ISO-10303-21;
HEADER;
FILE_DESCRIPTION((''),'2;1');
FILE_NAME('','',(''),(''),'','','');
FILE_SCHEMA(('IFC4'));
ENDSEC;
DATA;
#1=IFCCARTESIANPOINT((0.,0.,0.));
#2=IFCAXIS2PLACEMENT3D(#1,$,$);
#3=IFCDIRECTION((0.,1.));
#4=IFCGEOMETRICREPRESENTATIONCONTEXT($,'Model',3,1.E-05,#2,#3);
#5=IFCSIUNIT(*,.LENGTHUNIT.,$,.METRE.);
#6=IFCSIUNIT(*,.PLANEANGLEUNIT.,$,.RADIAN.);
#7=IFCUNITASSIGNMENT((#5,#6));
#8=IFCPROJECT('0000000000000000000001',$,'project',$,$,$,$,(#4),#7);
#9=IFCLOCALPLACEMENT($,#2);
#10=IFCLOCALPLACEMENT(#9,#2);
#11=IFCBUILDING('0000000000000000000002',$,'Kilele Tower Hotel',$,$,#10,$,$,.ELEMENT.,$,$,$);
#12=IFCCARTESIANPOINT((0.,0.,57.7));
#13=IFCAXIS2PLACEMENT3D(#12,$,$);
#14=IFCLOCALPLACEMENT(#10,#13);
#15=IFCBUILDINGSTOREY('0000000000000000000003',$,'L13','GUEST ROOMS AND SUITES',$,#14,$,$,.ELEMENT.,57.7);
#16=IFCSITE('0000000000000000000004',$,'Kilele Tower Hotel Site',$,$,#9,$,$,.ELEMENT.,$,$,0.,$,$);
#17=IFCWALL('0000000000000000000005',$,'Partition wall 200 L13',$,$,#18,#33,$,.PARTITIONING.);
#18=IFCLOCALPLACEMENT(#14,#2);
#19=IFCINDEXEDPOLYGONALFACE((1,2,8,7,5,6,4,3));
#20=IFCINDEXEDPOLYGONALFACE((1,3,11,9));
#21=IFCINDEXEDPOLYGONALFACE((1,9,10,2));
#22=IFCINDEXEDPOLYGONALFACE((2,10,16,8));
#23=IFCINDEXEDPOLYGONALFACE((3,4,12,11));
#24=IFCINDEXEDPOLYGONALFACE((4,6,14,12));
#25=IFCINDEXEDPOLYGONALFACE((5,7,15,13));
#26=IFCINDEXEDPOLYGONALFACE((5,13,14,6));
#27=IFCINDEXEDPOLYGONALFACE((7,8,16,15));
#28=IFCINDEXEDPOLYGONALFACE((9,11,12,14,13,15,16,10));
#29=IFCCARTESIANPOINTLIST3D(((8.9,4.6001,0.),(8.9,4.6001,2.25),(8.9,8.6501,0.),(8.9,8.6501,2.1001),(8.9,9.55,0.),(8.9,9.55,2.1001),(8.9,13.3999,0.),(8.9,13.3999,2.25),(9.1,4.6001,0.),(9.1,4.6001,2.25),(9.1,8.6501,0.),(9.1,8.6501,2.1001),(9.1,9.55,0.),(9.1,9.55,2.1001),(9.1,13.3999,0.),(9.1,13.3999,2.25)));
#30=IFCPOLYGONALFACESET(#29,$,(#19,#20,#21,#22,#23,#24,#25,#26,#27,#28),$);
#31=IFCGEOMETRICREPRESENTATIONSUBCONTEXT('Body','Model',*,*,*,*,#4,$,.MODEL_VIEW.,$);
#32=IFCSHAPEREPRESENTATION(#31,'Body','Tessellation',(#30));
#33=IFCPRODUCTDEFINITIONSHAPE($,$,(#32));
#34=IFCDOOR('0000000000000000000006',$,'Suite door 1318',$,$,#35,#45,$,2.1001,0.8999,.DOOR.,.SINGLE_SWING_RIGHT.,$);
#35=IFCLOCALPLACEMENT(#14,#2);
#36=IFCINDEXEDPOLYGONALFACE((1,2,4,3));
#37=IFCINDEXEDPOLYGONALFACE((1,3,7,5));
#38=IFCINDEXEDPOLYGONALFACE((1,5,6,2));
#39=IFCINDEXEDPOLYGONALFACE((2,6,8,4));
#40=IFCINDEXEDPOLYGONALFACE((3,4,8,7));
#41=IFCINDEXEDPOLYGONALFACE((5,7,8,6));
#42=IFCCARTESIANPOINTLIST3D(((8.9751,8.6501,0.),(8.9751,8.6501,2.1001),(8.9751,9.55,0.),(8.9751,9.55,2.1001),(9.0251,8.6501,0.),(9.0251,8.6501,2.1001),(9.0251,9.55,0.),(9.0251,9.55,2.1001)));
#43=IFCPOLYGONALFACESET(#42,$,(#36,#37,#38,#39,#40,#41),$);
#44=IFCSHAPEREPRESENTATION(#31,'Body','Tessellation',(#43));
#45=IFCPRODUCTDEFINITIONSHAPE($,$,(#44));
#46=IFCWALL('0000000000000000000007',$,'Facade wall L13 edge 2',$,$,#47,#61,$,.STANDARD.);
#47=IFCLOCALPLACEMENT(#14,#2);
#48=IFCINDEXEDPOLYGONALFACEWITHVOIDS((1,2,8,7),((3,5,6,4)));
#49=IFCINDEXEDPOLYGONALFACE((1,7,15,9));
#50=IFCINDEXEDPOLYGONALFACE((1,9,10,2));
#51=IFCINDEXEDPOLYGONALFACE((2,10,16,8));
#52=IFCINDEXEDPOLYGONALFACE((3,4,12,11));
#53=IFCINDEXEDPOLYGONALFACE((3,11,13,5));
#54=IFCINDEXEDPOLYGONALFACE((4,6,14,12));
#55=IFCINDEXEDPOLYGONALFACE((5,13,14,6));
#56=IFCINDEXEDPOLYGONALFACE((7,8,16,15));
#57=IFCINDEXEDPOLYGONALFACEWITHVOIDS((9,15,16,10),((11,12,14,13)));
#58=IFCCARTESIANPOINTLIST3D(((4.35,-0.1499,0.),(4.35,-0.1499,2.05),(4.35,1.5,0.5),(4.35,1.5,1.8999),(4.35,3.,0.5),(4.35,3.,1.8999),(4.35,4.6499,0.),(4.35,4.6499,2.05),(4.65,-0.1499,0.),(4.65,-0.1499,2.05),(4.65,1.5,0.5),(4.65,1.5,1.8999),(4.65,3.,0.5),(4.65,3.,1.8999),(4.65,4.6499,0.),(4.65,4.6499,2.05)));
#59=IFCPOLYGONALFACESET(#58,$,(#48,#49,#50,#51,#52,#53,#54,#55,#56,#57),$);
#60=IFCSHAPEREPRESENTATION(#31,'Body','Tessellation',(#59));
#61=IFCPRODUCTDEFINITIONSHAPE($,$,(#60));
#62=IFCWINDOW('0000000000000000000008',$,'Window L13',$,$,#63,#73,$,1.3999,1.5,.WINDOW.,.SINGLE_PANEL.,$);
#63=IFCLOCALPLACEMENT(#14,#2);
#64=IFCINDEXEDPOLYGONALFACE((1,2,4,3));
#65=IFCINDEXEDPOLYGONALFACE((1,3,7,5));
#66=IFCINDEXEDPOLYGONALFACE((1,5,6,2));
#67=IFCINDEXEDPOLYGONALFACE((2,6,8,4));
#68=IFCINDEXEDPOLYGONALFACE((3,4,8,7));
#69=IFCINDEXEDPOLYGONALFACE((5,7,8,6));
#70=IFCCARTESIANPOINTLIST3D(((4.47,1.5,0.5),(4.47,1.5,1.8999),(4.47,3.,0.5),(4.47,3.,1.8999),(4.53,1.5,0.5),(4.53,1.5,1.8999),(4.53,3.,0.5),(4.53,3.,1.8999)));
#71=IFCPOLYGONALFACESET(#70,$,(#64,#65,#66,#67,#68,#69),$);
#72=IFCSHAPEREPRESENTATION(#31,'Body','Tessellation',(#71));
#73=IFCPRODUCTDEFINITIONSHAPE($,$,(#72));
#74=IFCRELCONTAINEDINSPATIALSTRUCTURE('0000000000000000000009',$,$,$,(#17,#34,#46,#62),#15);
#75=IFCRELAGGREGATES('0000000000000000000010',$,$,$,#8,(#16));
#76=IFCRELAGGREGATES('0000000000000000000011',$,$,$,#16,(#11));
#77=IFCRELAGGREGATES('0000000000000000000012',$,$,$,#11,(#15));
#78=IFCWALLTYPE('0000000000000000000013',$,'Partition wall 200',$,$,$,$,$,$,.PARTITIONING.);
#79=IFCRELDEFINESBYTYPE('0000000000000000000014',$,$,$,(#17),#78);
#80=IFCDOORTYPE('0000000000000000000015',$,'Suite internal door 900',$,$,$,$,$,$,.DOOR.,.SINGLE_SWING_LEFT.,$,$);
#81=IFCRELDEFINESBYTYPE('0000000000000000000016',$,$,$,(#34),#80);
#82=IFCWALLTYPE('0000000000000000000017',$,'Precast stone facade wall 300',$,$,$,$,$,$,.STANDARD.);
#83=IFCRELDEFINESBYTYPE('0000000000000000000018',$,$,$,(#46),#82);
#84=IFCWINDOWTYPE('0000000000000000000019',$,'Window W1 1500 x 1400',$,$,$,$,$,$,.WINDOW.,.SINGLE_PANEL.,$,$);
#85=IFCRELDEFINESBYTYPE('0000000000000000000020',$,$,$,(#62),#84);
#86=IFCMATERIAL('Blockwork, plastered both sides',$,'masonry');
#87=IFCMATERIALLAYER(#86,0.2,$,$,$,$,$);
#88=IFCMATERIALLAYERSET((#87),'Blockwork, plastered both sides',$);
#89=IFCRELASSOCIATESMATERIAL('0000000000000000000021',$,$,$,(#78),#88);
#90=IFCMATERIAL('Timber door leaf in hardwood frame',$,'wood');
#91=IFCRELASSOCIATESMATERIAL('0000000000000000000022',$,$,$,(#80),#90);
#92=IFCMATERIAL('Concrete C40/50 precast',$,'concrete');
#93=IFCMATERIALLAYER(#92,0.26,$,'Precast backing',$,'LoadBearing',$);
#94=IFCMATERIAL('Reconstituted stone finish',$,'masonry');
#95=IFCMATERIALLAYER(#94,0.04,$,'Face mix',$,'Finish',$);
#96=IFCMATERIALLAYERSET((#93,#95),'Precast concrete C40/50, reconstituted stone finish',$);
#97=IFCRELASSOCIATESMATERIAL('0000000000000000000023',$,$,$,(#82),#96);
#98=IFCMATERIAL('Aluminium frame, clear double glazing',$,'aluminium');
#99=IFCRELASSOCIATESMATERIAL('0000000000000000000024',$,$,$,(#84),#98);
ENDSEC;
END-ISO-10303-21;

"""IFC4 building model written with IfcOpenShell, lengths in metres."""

from ifc_helpers import new_model, si_unit, direction, frame, frame_2d, origin, place, context, subcontext, project, spatial, rectangle, extrude, material, layer, layer_set, type_object, element, fill, save


model = new_model("IFC4")

# Units and contexts
model_context = context("Model", 3, precision=1e-05, world=origin(), true_north=direction((0.0, 1.0)))
body_context = subcontext(model_context, "Body", "Model", "MODEL_VIEW")
ifc_project = project(units=[si_unit("LENGTHUNIT", "METRE"), si_unit("PLANEANGLEUNIT", "RADIAN")], contexts=[model_context])

# Site, building, storey
site_placement = place(None, origin())
site = spatial("IfcSite", under=ifc_project, at=site_placement, Name="Kilele Tower Hotel Site", CompositionType="ELEMENT", RefElevation=0.0)
building_placement = place(site_placement, origin())
building = spatial("IfcBuilding", under=site, at=building_placement, Name="Kilele Tower Hotel", CompositionType="ELEMENT")
storey_placement = place(building_placement, frame((0.0, 0.0, 57.7)))
storey = spatial("IfcBuildingStorey", under=building, at=storey_placement, Name="L13", Description="GUEST ROOMS AND SUITES", CompositionType="ELEMENT", Elevation=57.7)

# Wall, opening, door
ifc_material_1 = material(Name="Blockwork, plastered both sides", Category="masonry")
ifc_layer_1 = layer(ifc_material_1, 0.2)
ifc_layer_set_1 = layer_set([ifc_layer_1], Name="Blockwork, plastered both sides")
wall_type_1 = type_object("IfcWallType", Name="Partition wall 200", PredefinedType="PARTITIONING", material=ifc_layer_set_1)
wall_1_placement = place(storey_placement, frame((9.0, 4.6001, 0.0), z_axis=(0.0, 0.0, 1.0), x_axis=(0.0, 1.0, 0.0)))
wall_1 = element("IfcWall", 1, at=wall_1_placement, inside=storey, type_object=wall_type_1, Name="Partition wall 200 L13", PredefinedType="PARTITIONING", context=body_context, shape_type="SweptSolid", body=[
    extrude(rectangle(XDim=8.7998, YDim=0.2, at=frame_2d((4.3999, 0.0))), origin(), (0.0, 0.0, 1.0), 2.25),
])
opening_1_placement = place(wall_1_placement, frame((4.05, 0.0, 0.0)))
opening_1 = element("IfcOpeningElement", 2, at=opening_1_placement, cuts=wall_1, PredefinedType="OPENING", context=body_context, shape_type="SweptSolid", body=[
    extrude(rectangle(XDim=0.8999, YDim=2.1001, at=frame_2d((0.45, 1.05))), frame((0.0, 0.1099, 0.0), z_axis=(0.0, -1.0, 0.0), x_axis=(1.0, 0.0, 0.0)), (0.0, 0.0, 1.0), 0.22),
])
ifc_material_2 = material(Name="Timber door leaf in hardwood frame", Category="wood")
door_type = type_object("IfcDoorType", Name="Suite internal door 900", OperationType="SINGLE_SWING_LEFT", PredefinedType="DOOR", material=ifc_material_2)
door_placement = place(opening_1_placement, origin())
door = element("IfcDoor", 3, at=door_placement, inside=storey, type_object=door_type, Name="Suite door 1318", OperationType="SINGLE_SWING_RIGHT", OverallHeight=2.1001, OverallWidth=0.8999, PredefinedType="DOOR", context=body_context, shape_type="SweptSolid", body=[
    extrude(rectangle(XDim=0.8999, YDim=2.1001, at=frame_2d((0.45, 1.05))), frame((0.0, 0.0249, 0.0), z_axis=(0.0, -1.0, 0.0), x_axis=(1.0, 0.0, 0.0)), (0.0, 0.0, 1.0), 0.05),
])
fill(opening_1, door)

# Wall, opening, window
ifc_material_3 = material(Name="Concrete C40/50 precast", Category="concrete")
ifc_layer_2 = layer(ifc_material_3, 0.26, Name="Precast backing", Category="LoadBearing")
ifc_material_4 = material(Name="Reconstituted stone finish", Category="masonry")
ifc_layer_3 = layer(ifc_material_4, 0.04, Name="Face mix", Category="Finish")
ifc_layer_set_2 = layer_set([ifc_layer_2, ifc_layer_3], Name="Precast concrete C40/50, reconstituted stone finish")
wall_type_2 = type_object("IfcWallType", Name="Precast stone facade wall 300", PredefinedType="STANDARD", material=ifc_layer_set_2)
wall_2_placement = place(storey_placement, frame((4.5, 4.6499, 0.0), z_axis=(0.0, 0.0, 1.0), x_axis=(0.0, -1.0, 0.0)))
wall_2 = element("IfcWall", 4, at=wall_2_placement, inside=storey, type_object=wall_type_2, Name="Facade wall L13 edge 2", PredefinedType="STANDARD", context=body_context, shape_type="SweptSolid", body=[
    extrude(rectangle(XDim=4.7998, YDim=0.3, at=frame_2d((2.3999, 0.0))), origin(), (0.0, 0.0, 1.0), 2.05),
])
opening_2_placement = place(wall_2_placement, frame((1.6499, 0.0, 0.5)))
opening_2 = element("IfcOpeningElement", 5, at=opening_2_placement, cuts=wall_2, PredefinedType="OPENING", context=body_context, shape_type="SweptSolid", body=[
    extrude(rectangle(XDim=1.5, YDim=1.3999, at=frame_2d((0.75, 0.7))), frame((0.0, 0.1599, 0.0), z_axis=(0.0, -1.0, 0.0), x_axis=(1.0, 0.0, 0.0)), (0.0, 0.0, 1.0), 0.3201),
])
ifc_material_5 = material(Name="Aluminium frame, clear double glazing", Category="aluminium")
window_type = type_object("IfcWindowType", Name="Window W1 1500 x 1400", PartitioningType="SINGLE_PANEL", PredefinedType="WINDOW", material=ifc_material_5)
window_placement = place(opening_2_placement, origin())
window = element("IfcWindow", 6, at=window_placement, inside=storey, type_object=window_type, Name="Window L13", OverallHeight=1.3999, OverallWidth=1.5, PartitioningType="SINGLE_PANEL", PredefinedType="WINDOW", context=body_context, shape_type="SweptSolid", body=[
    extrude(rectangle(XDim=1.5, YDim=1.3999, at=frame_2d((0.75, 0.7))), frame((0.0, 0.03, 0.0), z_axis=(0.0, -1.0, 0.0), x_axis=(1.0, 0.0, 0.0)), (0.0, 0.0, 1.0), 0.0601),
])
fill(opening_2, window)

save(model, "model.ifc")
